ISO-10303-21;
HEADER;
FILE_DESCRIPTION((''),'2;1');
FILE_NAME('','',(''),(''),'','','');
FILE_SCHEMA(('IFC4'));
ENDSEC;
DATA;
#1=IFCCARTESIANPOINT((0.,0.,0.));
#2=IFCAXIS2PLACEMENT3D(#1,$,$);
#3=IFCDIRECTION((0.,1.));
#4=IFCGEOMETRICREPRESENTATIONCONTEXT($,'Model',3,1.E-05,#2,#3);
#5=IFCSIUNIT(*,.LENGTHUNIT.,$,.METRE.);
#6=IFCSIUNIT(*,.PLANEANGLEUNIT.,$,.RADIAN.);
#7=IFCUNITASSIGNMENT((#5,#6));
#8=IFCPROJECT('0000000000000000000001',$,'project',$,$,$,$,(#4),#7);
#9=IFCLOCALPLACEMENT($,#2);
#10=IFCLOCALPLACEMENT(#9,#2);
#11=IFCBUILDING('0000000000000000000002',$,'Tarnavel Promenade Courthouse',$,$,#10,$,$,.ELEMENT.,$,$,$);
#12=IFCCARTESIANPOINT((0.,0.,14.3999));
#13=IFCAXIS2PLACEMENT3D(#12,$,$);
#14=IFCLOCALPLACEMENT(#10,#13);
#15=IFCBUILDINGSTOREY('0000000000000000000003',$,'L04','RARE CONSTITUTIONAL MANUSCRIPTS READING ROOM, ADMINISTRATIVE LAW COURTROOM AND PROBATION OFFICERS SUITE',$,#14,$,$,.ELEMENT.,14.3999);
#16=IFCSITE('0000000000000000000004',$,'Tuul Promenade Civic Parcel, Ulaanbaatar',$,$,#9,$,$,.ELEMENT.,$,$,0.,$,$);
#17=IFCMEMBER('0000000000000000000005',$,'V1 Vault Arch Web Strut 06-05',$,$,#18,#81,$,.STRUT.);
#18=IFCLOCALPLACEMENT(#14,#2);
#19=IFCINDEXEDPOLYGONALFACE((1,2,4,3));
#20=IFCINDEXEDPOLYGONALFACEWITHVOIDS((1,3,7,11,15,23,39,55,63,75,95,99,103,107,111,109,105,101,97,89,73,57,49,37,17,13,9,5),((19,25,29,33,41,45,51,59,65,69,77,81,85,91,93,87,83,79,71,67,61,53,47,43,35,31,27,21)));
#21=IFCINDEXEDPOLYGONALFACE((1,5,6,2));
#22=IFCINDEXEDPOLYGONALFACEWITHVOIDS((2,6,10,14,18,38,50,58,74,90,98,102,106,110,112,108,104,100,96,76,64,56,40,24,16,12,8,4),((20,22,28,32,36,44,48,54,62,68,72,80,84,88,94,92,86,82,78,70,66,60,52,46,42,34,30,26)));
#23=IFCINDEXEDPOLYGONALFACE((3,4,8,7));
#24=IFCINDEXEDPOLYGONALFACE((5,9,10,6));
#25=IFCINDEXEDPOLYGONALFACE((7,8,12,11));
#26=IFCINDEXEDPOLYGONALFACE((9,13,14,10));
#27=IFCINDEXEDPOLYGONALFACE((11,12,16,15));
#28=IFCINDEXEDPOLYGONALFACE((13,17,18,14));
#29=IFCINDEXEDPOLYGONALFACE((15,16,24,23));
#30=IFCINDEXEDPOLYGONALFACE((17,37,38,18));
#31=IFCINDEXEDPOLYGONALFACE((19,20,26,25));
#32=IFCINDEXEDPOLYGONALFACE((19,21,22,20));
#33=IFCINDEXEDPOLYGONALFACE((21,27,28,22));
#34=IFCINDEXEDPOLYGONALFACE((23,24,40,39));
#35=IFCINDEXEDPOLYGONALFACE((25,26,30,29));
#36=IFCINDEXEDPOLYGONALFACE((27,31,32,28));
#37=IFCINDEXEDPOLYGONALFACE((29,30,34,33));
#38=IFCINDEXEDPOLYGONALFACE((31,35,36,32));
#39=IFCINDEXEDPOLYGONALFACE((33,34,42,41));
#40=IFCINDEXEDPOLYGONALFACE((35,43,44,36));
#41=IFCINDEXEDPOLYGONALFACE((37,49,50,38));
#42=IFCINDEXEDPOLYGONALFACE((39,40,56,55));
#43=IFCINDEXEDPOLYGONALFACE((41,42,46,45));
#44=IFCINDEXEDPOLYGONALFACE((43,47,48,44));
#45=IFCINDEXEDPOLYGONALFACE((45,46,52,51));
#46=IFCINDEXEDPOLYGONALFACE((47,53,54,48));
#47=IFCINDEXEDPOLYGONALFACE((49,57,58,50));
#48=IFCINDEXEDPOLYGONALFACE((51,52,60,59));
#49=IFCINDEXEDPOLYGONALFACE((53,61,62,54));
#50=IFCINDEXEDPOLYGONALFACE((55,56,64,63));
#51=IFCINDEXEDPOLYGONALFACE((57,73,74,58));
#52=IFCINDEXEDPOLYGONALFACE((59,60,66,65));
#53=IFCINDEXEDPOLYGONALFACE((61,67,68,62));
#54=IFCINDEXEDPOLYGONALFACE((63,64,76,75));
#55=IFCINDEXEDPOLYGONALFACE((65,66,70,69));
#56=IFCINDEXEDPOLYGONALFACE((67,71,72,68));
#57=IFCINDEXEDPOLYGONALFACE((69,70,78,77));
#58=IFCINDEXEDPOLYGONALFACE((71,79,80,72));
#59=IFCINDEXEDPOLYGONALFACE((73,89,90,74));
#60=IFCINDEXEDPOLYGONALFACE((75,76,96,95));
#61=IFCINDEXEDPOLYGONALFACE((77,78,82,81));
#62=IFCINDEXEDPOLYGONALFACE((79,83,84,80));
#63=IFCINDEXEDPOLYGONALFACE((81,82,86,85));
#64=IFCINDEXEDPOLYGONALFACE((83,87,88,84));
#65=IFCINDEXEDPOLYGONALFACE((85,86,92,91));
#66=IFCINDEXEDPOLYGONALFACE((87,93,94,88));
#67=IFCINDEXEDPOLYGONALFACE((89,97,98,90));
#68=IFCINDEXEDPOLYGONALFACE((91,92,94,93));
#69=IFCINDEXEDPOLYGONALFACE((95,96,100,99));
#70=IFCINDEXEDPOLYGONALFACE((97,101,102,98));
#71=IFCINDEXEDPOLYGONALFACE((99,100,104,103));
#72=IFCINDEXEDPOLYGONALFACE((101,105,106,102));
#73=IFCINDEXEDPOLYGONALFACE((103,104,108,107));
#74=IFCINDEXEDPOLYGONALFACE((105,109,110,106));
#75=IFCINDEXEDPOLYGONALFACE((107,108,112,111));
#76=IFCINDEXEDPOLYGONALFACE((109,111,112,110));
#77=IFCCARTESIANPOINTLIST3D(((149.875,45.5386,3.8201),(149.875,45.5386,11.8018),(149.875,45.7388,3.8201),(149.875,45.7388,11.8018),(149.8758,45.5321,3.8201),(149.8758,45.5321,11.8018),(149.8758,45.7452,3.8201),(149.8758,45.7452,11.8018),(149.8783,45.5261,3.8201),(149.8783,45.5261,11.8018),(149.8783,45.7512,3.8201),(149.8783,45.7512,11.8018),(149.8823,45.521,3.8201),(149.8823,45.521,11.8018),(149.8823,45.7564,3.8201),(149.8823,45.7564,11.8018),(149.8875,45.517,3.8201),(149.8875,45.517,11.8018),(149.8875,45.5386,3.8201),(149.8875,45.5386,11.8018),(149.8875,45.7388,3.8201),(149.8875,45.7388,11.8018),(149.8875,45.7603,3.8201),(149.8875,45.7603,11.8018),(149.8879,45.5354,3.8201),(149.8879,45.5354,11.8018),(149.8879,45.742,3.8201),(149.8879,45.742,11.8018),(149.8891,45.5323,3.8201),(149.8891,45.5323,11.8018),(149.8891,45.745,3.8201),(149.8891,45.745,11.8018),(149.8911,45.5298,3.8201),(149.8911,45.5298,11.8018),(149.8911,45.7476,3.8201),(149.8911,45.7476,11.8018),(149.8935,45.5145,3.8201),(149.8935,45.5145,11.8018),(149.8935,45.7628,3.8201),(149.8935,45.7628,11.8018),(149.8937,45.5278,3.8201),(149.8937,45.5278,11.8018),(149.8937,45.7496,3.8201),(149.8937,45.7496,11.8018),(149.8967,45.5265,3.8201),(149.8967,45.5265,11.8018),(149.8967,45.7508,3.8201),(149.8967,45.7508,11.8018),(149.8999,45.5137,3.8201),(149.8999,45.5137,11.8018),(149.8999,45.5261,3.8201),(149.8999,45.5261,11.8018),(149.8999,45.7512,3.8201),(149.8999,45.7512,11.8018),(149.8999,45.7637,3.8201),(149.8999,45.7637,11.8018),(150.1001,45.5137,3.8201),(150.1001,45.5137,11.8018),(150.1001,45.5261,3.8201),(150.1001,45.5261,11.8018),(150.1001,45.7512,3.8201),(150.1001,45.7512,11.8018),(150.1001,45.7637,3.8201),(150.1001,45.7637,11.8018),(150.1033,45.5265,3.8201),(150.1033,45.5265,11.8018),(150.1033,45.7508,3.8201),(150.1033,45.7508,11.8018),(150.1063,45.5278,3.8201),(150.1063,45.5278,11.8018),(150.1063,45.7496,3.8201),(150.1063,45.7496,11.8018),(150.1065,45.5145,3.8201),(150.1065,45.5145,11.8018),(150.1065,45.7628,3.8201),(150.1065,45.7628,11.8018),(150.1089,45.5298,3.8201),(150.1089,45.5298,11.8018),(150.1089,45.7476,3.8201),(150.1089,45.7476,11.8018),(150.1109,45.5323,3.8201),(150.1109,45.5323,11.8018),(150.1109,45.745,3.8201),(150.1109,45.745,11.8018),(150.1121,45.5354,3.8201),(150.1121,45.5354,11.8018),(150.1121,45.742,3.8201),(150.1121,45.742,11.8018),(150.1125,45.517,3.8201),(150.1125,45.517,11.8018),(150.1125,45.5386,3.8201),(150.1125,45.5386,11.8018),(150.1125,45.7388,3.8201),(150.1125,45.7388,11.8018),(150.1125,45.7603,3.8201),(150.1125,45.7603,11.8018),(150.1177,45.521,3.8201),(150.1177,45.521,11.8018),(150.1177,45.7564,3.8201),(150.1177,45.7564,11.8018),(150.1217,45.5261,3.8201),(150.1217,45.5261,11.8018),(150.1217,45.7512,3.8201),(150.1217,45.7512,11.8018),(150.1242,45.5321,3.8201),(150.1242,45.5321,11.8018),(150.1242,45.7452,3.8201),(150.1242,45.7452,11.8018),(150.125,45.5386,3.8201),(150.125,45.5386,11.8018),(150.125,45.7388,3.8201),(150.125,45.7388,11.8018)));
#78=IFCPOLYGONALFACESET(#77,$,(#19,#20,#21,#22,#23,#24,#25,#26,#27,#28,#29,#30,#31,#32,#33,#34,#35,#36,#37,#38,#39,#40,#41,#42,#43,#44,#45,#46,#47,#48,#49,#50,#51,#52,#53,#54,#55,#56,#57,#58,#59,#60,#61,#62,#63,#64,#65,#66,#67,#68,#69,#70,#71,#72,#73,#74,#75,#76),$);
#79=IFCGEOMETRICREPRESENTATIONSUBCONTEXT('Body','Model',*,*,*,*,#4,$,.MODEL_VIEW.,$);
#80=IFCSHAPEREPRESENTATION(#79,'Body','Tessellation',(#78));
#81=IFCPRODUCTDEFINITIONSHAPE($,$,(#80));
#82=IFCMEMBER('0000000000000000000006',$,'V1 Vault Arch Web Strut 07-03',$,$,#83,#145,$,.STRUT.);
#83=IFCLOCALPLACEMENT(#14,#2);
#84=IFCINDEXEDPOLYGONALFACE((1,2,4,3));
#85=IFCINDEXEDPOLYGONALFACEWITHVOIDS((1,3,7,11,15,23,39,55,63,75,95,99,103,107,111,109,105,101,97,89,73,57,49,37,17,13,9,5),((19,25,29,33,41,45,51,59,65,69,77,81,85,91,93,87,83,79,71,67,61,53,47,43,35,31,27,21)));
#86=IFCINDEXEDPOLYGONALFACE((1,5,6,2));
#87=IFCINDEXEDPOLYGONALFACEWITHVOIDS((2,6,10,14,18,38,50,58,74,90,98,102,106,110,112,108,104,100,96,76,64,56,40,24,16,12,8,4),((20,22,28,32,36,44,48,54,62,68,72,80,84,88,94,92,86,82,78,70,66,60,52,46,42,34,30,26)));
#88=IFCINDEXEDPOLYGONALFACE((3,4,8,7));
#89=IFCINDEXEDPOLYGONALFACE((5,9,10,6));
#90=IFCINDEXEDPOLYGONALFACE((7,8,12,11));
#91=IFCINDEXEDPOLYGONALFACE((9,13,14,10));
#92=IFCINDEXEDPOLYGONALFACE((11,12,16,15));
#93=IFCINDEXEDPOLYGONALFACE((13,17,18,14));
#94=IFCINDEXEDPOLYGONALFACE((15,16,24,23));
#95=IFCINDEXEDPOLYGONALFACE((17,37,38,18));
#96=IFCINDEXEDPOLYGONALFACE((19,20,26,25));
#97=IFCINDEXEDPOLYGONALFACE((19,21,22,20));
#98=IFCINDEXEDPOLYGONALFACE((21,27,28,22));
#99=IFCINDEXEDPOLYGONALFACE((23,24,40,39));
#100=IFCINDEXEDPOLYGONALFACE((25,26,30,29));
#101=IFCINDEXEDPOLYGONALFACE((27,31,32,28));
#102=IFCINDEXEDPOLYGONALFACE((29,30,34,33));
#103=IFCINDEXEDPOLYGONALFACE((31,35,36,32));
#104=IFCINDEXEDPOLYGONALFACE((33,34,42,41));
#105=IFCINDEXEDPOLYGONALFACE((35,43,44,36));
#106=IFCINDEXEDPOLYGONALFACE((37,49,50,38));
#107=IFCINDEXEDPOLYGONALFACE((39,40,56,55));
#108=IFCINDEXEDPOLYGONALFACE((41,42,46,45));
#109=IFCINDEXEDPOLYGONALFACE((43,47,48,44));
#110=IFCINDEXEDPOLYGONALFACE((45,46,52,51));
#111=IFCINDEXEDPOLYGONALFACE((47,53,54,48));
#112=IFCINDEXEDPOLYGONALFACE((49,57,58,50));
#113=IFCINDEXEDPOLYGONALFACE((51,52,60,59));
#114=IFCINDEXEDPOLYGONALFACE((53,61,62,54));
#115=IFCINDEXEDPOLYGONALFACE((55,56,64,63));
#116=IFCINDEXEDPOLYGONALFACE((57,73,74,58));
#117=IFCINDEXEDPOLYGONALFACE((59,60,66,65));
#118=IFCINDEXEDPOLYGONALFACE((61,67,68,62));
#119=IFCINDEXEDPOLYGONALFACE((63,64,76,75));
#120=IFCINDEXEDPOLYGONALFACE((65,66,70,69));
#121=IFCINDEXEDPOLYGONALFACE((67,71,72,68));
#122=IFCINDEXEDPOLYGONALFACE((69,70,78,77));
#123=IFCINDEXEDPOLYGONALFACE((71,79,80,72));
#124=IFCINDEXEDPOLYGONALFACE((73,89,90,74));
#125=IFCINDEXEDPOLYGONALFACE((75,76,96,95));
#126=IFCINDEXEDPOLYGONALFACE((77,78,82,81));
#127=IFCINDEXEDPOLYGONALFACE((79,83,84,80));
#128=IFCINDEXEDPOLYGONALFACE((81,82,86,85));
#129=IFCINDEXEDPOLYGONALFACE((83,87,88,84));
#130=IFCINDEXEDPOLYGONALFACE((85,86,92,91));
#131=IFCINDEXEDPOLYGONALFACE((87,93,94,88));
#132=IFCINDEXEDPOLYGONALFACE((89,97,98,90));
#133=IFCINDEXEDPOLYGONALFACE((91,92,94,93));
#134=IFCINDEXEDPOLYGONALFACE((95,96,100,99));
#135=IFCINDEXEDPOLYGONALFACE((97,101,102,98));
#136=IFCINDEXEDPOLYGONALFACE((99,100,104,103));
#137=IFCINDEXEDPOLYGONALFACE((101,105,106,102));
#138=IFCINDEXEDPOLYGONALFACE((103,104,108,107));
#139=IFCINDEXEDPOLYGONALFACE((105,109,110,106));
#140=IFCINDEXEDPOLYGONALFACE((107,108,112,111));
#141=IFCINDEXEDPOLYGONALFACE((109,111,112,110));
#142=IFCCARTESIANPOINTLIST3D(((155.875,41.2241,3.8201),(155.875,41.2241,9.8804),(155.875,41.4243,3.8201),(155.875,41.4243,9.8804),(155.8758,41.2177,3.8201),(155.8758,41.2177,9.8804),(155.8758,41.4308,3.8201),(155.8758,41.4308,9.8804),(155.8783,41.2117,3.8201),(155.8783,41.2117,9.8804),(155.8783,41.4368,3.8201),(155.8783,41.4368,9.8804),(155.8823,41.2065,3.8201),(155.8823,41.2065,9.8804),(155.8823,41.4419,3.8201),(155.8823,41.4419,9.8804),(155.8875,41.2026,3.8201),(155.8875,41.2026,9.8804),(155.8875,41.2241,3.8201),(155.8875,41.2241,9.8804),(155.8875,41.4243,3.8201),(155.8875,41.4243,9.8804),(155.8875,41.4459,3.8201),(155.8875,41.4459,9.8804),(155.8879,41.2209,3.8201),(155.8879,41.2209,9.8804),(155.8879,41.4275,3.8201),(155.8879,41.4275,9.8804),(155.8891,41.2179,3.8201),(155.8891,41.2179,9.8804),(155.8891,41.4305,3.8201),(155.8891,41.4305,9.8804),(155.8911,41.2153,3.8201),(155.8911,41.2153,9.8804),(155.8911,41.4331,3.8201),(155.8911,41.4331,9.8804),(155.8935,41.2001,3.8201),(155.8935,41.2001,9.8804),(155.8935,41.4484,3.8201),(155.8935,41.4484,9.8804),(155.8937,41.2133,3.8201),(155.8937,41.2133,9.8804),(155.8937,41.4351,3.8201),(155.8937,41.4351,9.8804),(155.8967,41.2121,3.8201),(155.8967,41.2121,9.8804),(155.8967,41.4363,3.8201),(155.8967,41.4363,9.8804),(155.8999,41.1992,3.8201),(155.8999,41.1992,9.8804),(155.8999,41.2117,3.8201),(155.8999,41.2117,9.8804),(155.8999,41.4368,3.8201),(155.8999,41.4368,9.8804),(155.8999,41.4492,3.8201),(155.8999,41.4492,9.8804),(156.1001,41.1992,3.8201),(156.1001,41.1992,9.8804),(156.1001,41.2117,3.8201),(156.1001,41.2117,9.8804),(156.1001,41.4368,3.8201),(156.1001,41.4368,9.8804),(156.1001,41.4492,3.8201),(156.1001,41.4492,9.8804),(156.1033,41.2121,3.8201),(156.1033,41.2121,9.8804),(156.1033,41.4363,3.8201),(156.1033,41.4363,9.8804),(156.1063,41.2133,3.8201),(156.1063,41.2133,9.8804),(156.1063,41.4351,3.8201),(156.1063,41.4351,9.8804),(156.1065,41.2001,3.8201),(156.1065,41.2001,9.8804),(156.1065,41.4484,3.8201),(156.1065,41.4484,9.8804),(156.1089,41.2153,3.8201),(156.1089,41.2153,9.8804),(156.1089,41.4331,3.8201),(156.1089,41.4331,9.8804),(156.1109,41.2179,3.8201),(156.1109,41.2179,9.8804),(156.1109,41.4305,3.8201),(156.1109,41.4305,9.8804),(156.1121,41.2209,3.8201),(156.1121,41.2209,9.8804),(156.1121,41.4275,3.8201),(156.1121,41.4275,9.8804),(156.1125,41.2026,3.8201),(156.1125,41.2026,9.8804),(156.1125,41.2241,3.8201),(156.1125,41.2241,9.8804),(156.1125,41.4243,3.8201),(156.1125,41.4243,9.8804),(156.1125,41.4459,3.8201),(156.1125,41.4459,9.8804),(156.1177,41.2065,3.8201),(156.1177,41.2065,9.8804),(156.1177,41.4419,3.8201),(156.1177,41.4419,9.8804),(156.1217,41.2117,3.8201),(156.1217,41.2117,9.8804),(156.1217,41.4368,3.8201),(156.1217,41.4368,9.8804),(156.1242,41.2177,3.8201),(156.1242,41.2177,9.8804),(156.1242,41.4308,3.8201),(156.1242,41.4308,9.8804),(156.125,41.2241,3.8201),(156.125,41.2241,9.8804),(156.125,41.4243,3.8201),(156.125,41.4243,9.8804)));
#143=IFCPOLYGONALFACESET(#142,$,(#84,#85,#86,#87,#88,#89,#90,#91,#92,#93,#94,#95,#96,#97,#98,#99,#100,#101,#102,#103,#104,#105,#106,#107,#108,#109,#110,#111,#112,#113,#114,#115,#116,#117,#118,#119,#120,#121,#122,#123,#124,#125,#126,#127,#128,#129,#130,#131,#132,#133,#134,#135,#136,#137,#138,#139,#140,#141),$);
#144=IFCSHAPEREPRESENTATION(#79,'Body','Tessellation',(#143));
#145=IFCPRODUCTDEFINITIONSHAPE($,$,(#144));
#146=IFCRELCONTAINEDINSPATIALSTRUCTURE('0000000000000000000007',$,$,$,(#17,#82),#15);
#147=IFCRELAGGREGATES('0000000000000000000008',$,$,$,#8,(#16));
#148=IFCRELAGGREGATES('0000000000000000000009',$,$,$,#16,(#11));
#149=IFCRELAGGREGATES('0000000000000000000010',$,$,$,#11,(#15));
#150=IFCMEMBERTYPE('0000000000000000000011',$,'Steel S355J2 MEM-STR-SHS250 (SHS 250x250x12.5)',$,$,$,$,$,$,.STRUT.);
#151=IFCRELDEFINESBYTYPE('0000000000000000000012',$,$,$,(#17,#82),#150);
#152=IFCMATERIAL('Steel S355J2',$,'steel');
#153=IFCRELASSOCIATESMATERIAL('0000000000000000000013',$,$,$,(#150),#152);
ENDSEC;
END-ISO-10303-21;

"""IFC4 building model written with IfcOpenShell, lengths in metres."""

from ifc_helpers import new_model, si_unit, direction, frame, origin, origin_2d, place, context, subcontext, project, spatial, hollow_rectangle, extrude, material, material_profile, profile_set, type_object, element, save


model = new_model("IFC4")

# Units and contexts
model_context = context("Model", 3, precision=1e-05, world=origin(), true_north=direction((0.0, 1.0)))
body_context = subcontext(model_context, "Body", "Model", "MODEL_VIEW")
ifc_project = project(units=[si_unit("LENGTHUNIT", "METRE"), si_unit("PLANEANGLEUNIT", "RADIAN")], contexts=[model_context])

# Site, building, storey
site_placement = place(None, origin())
site = spatial("IfcSite", under=ifc_project, at=site_placement, Name="Tuul Promenade Civic Parcel, Ulaanbaatar", CompositionType="ELEMENT", RefElevation=0.0)
building_placement = place(site_placement, origin())
building = spatial("IfcBuilding", under=site, at=building_placement, Name="Tarnavel Promenade Courthouse", CompositionType="ELEMENT")
storey_placement = place(building_placement, frame((0.0, 0.0, 14.3999)))
storey = spatial("IfcBuildingStorey", under=building, at=storey_placement, Name="L04", Description="RARE CONSTITUTIONAL MANUSCRIPTS READING ROOM, ADMINISTRATIVE LAW COURTROOM AND PROBATION OFFICERS SUITE", CompositionType="ELEMENT", Elevation=14.3999)

# Shared definitions
ifc_material_1 = material(Name="Steel S355J2", Category="steel")

# Members
ifc_material_profile_1 = material_profile(ifc_material_1, hollow_rectangle(XDim=0.25, YDim=0.25, WallThickness=0.0125, InnerFilletRadius=0.0125, OuterFilletRadius=0.0249, at=origin_2d()), Name="SHS 250x250x12.5")
ifc_profile_set_1 = profile_set([ifc_material_profile_1], Name="Steel S355J2")
member_type_1 = type_object("IfcMemberType", Name="Steel S355J2 MEM-STR-SHS250 (SHS 250x250x12.5)", PredefinedType="STRUT", material=ifc_profile_set_1)
member_1_placement = place(storey_placement, frame((150.0, 45.6387, 3.8201), z_axis=(0.0, 0.0, 1.0), x_axis=(1.0, 0.0, 0.0)))
element("IfcMember", 1, at=member_1_placement, inside=storey, type_object=member_type_1, Name="V1 Vault Arch Web Strut 06-05", PredefinedType="STRUT", context=body_context, shape_type="SweptSolid", body=[
    extrude(hollow_rectangle(XDim=0.25, YDim=0.25, WallThickness=0.0125, InnerFilletRadius=0.0125, OuterFilletRadius=0.0249, at=origin_2d()), origin(), (0.0, 0.0, 1.0), 7.9817),
])
member_2_placement = place(storey_placement, frame((156.0, 41.3242, 3.8201), z_axis=(0.0, 0.0, 1.0), x_axis=(1.0, 0.0, 0.0)))
element("IfcMember", 2, at=member_2_placement, inside=storey, type_object=member_type_1, Name="V1 Vault Arch Web Strut 07-03", PredefinedType="STRUT", context=body_context, shape_type="SweptSolid", body=[
    extrude(hollow_rectangle(XDim=0.25, YDim=0.25, WallThickness=0.0125, InnerFilletRadius=0.0125, OuterFilletRadius=0.0249, at=origin_2d()), origin(), (0.0, 0.0, 1.0), 6.0603),
])

save(model, "model.ifc")
